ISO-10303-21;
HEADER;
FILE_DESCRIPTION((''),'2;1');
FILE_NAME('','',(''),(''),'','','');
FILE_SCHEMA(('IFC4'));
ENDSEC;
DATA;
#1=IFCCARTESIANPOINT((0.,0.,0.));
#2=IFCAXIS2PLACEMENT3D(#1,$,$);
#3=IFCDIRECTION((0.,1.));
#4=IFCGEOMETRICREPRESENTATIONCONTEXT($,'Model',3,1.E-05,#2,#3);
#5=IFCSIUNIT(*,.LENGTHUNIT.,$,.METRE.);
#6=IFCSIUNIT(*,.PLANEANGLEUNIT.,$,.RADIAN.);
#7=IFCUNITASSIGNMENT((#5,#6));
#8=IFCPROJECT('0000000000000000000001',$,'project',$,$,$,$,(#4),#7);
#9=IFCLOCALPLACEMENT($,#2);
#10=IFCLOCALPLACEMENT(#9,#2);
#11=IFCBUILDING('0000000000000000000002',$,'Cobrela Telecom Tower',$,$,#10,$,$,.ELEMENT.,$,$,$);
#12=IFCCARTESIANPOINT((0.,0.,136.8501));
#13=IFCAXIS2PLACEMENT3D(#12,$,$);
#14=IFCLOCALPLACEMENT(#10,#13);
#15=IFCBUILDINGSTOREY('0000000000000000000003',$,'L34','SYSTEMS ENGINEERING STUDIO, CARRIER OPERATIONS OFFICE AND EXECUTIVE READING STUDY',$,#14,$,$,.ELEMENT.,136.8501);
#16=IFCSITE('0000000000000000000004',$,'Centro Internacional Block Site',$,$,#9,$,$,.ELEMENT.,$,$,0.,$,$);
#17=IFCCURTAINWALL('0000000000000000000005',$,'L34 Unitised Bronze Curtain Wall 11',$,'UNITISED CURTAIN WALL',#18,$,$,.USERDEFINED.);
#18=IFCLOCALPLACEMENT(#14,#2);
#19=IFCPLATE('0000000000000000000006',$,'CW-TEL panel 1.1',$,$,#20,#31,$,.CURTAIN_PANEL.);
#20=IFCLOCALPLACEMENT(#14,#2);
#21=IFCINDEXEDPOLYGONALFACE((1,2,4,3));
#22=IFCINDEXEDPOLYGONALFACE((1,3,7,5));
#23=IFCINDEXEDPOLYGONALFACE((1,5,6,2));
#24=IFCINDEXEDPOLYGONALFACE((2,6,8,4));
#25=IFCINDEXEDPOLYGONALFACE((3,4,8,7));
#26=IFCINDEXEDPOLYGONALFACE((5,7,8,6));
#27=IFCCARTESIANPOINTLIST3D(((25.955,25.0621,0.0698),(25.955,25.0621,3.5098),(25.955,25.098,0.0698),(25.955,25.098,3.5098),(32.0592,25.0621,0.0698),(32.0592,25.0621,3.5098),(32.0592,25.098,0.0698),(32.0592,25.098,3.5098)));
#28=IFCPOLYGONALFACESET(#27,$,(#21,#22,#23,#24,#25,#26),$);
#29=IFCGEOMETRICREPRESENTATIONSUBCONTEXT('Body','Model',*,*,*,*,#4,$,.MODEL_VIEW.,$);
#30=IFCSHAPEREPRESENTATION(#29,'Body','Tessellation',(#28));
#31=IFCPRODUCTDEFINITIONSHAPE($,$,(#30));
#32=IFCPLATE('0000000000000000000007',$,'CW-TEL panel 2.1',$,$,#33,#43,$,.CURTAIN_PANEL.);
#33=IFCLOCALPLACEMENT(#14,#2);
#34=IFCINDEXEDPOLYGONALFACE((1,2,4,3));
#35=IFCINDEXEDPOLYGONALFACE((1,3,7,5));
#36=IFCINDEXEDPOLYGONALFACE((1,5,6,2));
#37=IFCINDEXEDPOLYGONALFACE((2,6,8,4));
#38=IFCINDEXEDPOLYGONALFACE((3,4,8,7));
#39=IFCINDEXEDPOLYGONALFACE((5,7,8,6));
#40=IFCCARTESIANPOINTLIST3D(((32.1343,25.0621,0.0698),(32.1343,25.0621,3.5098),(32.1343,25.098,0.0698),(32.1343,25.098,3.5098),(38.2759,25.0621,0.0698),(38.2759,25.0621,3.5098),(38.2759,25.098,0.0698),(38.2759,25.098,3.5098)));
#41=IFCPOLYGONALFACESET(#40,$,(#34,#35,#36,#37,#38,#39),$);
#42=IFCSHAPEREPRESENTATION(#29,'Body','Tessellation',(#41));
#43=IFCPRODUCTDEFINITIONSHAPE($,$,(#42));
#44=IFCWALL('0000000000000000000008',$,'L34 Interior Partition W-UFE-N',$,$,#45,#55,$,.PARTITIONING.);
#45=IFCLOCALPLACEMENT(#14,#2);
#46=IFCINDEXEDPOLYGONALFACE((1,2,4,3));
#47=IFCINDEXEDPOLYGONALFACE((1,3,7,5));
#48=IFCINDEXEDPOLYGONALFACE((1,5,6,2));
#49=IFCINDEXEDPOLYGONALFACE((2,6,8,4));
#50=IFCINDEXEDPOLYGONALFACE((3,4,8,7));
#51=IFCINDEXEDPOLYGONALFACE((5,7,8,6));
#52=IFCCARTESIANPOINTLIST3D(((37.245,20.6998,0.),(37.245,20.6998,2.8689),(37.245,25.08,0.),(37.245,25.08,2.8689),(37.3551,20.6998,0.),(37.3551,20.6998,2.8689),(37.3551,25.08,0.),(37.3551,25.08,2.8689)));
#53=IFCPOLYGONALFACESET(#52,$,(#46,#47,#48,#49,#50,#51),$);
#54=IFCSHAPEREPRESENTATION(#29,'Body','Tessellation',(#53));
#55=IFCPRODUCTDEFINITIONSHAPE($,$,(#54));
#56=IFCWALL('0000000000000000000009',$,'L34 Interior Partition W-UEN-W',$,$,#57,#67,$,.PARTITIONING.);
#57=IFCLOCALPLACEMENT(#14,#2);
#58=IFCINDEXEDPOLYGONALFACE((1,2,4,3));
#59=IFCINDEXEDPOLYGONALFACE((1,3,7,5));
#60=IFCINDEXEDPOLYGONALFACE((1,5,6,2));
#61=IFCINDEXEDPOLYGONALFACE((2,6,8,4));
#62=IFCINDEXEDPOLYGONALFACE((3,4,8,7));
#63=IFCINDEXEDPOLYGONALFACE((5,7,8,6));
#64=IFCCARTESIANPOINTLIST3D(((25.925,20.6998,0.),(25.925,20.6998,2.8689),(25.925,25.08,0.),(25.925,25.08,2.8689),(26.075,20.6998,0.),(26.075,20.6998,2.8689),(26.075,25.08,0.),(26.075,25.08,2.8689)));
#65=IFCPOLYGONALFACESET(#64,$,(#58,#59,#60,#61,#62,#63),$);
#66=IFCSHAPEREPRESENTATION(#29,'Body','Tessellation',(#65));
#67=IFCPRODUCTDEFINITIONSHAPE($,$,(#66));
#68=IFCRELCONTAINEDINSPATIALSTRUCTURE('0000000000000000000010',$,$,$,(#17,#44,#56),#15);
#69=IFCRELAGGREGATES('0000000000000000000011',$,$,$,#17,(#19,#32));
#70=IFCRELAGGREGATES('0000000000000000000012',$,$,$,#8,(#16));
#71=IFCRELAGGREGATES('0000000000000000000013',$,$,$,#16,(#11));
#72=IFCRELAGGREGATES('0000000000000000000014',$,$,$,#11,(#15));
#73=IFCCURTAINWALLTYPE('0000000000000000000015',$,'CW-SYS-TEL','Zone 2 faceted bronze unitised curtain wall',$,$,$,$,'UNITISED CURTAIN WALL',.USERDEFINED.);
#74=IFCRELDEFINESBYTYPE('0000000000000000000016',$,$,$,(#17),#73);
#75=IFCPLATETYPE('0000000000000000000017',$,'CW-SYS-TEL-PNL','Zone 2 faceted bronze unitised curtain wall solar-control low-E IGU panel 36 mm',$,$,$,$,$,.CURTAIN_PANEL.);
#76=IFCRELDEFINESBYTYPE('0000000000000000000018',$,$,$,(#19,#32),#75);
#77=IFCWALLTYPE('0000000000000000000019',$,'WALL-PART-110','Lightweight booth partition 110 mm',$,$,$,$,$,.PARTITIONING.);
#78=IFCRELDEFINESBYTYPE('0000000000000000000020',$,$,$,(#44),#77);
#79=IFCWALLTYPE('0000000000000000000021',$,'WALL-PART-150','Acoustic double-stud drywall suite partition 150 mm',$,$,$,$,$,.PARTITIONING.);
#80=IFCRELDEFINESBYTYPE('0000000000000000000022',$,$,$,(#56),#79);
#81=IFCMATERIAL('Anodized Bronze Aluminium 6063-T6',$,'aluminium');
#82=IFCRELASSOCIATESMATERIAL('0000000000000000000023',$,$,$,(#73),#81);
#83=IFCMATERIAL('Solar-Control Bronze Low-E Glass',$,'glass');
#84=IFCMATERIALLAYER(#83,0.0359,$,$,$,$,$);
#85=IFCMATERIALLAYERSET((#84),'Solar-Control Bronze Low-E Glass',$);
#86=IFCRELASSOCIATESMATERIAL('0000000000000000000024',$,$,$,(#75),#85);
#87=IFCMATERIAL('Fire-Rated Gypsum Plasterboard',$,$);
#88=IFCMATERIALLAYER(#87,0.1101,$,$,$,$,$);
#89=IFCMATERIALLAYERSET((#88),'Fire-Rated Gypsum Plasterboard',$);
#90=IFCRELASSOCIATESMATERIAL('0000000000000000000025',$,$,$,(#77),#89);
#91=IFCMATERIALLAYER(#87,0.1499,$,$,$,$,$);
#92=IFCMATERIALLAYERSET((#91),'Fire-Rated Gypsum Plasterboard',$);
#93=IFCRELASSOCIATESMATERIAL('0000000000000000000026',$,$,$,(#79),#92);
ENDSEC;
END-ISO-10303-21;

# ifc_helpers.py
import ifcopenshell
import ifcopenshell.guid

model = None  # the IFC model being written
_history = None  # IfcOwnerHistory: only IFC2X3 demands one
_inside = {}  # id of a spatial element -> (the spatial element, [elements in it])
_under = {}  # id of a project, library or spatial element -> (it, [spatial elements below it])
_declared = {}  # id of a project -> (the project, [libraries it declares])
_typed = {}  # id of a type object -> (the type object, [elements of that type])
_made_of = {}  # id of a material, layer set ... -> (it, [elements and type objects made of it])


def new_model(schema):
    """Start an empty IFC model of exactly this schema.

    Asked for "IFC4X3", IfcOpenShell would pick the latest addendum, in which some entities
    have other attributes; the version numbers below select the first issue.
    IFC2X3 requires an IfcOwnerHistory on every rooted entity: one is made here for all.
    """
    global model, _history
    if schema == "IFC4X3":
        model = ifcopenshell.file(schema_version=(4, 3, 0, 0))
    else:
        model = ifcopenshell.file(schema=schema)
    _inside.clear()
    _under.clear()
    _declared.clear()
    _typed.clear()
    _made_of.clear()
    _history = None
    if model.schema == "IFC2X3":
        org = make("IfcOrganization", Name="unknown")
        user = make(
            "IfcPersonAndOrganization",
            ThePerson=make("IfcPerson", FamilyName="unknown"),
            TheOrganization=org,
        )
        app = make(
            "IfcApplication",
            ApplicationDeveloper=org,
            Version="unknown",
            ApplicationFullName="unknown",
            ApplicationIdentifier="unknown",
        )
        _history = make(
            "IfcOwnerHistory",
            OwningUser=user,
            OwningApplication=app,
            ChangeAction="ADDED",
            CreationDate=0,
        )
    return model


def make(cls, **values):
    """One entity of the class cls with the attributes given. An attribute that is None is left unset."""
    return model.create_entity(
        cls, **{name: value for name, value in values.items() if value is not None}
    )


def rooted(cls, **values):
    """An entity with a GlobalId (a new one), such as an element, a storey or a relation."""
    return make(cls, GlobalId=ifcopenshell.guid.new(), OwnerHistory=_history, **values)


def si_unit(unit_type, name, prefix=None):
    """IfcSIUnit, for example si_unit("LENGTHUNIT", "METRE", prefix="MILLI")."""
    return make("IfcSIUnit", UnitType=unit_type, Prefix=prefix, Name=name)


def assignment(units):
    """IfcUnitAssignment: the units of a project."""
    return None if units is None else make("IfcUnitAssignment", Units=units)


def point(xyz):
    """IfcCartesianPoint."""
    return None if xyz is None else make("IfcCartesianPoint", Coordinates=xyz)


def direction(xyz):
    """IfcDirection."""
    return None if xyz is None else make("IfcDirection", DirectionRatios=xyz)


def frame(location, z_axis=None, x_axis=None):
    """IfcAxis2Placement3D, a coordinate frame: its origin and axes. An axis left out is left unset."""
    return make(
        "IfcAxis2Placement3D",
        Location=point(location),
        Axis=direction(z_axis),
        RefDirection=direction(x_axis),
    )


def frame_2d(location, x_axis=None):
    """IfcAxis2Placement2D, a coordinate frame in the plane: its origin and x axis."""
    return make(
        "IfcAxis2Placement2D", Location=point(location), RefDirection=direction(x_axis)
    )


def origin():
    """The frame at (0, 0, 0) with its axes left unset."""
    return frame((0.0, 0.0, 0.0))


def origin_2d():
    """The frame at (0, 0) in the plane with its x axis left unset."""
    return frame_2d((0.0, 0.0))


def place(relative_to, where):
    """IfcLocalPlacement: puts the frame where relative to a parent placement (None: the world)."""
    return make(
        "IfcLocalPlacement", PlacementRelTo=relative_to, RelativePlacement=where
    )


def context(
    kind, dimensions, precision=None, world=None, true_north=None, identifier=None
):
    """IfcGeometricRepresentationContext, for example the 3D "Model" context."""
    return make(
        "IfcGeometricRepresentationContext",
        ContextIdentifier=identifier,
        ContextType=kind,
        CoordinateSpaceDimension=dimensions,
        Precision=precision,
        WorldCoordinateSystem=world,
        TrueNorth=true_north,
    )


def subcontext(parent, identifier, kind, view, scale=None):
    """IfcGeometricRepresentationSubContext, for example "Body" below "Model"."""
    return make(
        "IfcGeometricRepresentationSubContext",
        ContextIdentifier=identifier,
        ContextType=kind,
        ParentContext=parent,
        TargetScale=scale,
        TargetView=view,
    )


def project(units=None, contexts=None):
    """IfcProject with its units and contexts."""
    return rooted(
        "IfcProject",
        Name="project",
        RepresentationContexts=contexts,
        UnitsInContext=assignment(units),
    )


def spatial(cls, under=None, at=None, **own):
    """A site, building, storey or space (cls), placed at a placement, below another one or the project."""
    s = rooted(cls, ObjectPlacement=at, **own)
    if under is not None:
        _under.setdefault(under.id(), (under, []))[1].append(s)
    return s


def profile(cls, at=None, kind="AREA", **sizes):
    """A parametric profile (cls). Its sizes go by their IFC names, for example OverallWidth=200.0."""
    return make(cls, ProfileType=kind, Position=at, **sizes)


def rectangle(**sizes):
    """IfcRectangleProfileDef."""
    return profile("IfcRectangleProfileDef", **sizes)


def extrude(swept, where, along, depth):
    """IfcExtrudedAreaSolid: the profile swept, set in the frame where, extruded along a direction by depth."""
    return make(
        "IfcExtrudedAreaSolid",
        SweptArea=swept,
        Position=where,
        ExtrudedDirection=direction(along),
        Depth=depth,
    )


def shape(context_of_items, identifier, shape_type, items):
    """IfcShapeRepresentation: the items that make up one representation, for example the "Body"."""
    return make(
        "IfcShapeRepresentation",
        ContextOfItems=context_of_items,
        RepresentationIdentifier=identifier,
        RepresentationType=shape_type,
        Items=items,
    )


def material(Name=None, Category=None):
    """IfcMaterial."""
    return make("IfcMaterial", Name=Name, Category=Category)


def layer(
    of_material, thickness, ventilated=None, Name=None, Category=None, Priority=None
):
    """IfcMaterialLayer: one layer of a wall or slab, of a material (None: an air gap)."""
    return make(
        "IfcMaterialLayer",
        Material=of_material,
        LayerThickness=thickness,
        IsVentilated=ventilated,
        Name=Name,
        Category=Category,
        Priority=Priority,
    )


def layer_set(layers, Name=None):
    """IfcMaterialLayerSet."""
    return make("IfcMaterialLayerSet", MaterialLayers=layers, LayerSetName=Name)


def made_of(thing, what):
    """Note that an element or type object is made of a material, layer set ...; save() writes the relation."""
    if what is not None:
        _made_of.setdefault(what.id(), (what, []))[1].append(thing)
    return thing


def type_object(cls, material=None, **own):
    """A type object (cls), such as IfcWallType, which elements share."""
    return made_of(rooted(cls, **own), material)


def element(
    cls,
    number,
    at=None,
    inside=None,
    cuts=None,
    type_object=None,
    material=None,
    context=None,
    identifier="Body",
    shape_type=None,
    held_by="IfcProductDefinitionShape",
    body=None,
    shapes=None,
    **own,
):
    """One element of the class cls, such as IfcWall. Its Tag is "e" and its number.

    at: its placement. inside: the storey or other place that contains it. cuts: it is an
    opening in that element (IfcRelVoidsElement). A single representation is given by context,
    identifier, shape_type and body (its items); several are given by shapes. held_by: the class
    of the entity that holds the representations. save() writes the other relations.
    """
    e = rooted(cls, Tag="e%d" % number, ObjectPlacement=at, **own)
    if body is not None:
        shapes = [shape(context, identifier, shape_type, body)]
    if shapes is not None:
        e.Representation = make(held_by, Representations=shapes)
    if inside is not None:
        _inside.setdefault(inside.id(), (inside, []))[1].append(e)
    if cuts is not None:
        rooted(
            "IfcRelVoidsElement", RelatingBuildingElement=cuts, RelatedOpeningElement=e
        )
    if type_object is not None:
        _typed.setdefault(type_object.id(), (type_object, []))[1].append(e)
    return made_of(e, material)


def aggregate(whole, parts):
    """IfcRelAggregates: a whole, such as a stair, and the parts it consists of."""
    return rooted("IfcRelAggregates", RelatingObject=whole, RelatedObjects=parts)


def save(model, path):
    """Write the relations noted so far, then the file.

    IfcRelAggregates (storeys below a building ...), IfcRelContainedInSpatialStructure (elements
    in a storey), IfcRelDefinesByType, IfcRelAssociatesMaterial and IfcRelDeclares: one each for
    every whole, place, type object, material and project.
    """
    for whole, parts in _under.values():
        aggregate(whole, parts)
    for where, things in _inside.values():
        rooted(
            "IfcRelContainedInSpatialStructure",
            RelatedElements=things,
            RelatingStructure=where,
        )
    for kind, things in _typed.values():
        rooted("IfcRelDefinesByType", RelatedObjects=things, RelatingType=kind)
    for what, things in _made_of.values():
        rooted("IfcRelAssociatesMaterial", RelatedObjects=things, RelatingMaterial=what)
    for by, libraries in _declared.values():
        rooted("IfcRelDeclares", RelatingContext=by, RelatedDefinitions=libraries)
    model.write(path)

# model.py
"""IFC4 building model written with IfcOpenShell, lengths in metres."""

from ifc_helpers import new_model, si_unit, direction, frame, frame_2d, origin, origin_2d, place, context, subcontext, project, spatial, rectangle, extrude, material, layer, layer_set, type_object, element, aggregate, save


model = new_model("IFC4")

# Units and contexts
model_context = context("Model", 3, precision=1e-05, world=origin(), true_north=direction((0.0, 1.0)))
body_context = subcontext(model_context, "Body", "Model", "MODEL_VIEW")
ifc_project = project(units=[si_unit("LENGTHUNIT", "METRE"), si_unit("PLANEANGLEUNIT", "RADIAN")], contexts=[model_context])

# Site, building, storey
site_placement = place(None, origin())
site = spatial("IfcSite", under=ifc_project, at=site_placement, Name="Centro Internacional Block Site", CompositionType="ELEMENT", RefElevation=0.0)
building_placement = place(site_placement, origin())
building = spatial("IfcBuilding", under=site, at=building_placement, Name="Cobrela Telecom Tower", CompositionType="ELEMENT")
storey_placement = place(building_placement, frame((0.0, 0.0, 136.8501)))
storey = spatial("IfcBuildingStorey", under=building, at=storey_placement, Name="L34", Description="SYSTEMS ENGINEERING STUDIO, CARRIER OPERATIONS OFFICE AND EXECUTIVE READING STUDY", CompositionType="ELEMENT", Elevation=136.8501)

# Curtain wall, plates
ifc_material_1 = material(Name="Anodized Bronze Aluminium 6063-T6", Category="aluminium")
curtain_wall_type = type_object("IfcCurtainWallType", Name="CW-SYS-TEL", Description="Zone 2 faceted bronze unitised curtain wall", ElementType="UNITISED CURTAIN WALL", PredefinedType="USERDEFINED", material=ifc_material_1)
curtain_wall_placement = place(storey_placement, origin())
curtain_wall = element("IfcCurtainWall", 1, at=curtain_wall_placement, inside=storey, type_object=curtain_wall_type, Name="L34 Unitised Bronze Curtain Wall 11", ObjectType="UNITISED CURTAIN WALL", PredefinedType="USERDEFINED")
ifc_material_2 = material(Name="Solar-Control Bronze Low-E Glass", Category="glass")
ifc_layer_1 = layer(ifc_material_2, 0.0359)
ifc_layer_set_1 = layer_set([ifc_layer_1], Name="Solar-Control Bronze Low-E Glass")
plate_type = type_object("IfcPlateType", Name="CW-SYS-TEL-PNL", Description="Zone 2 faceted bronze unitised curtain wall solar-control low-E IGU panel 36 mm", PredefinedType="CURTAIN_PANEL", material=ifc_layer_set_1)
plate_1_placement = place(storey_placement, frame((29.0071, 25.0801, 0.0698), z_axis=(0.0, 0.0, 1.0), x_axis=(1.0, 0.0, 0.0)))
plate_1 = element("IfcPlate", 2, at=plate_1_placement, type_object=plate_type, Name="CW-TEL panel 1.1", PredefinedType="CURTAIN_PANEL", context=body_context, shape_type="SweptSolid", body=[
    extrude(rectangle(XDim=6.1042, YDim=0.0359, at=origin_2d()), origin(), (0.0, 0.0, 1.0), 3.4399),
])
plate_2_placement = place(storey_placement, frame((35.2051, 25.0801, 0.0698), z_axis=(0.0, 0.0, 1.0), x_axis=(1.0, 0.0, 0.0)))
plate_2 = element("IfcPlate", 3, at=plate_2_placement, type_object=plate_type, Name="CW-TEL panel 2.1", PredefinedType="CURTAIN_PANEL", context=body_context, shape_type="SweptSolid", body=[
    extrude(rectangle(XDim=6.1416, YDim=0.0359, at=origin_2d()), origin(), (0.0, 0.0, 1.0), 3.4399),
])
aggregate(curtain_wall, [plate_1, plate_2])

# Walls
ifc_material_3 = material(Name="Fire-Rated Gypsum Plasterboard")
ifc_layer_2 = layer(ifc_material_3, 0.1101)
ifc_layer_set_2 = layer_set([ifc_layer_2], Name="Fire-Rated Gypsum Plasterboard")
wall_type_1 = type_object("IfcWallType", Name="WALL-PART-110", Description="Lightweight booth partition 110 mm", PredefinedType="PARTITIONING", material=ifc_layer_set_2)
wall_1_placement = place(storey_placement, frame((37.3, 20.7, 0.0), z_axis=(0.0, 0.0, 1.0), x_axis=(0.0, 1.0, 0.0)))
element("IfcWall", 4, at=wall_1_placement, inside=storey, type_object=wall_type_1, Name="L34 Interior Partition W-UFE-N", PredefinedType="PARTITIONING", context=body_context, shape_type="SweptSolid", body=[
    extrude(rectangle(XDim=4.3801, YDim=0.1101, at=frame_2d((2.1899, 0.0))), origin(), (0.0, 0.0, 1.0), 2.8689),
])
ifc_layer_3 = layer(ifc_material_3, 0.1499)
ifc_layer_set_3 = layer_set([ifc_layer_3], Name="Fire-Rated Gypsum Plasterboard")
wall_type_2 = type_object("IfcWallType", Name="WALL-PART-150", Description="Acoustic double-stud drywall suite partition 150 mm", PredefinedType="PARTITIONING", material=ifc_layer_set_3)
wall_2_placement = place(storey_placement, frame((26.0, 20.7, 0.0), z_axis=(0.0, 0.0, 1.0), x_axis=(0.0, 1.0, 0.0)))
element("IfcWall", 5, at=wall_2_placement, inside=storey, type_object=wall_type_2, Name="L34 Interior Partition W-UEN-W", PredefinedType="PARTITIONING", context=body_context, shape_type="SweptSolid", body=[
    extrude(rectangle(XDim=4.3801, YDim=0.1499, at=frame_2d((2.1899, 0.0))), origin(), (0.0, 0.0, 1.0), 2.8689),
])

save(model, "model.ifc")
